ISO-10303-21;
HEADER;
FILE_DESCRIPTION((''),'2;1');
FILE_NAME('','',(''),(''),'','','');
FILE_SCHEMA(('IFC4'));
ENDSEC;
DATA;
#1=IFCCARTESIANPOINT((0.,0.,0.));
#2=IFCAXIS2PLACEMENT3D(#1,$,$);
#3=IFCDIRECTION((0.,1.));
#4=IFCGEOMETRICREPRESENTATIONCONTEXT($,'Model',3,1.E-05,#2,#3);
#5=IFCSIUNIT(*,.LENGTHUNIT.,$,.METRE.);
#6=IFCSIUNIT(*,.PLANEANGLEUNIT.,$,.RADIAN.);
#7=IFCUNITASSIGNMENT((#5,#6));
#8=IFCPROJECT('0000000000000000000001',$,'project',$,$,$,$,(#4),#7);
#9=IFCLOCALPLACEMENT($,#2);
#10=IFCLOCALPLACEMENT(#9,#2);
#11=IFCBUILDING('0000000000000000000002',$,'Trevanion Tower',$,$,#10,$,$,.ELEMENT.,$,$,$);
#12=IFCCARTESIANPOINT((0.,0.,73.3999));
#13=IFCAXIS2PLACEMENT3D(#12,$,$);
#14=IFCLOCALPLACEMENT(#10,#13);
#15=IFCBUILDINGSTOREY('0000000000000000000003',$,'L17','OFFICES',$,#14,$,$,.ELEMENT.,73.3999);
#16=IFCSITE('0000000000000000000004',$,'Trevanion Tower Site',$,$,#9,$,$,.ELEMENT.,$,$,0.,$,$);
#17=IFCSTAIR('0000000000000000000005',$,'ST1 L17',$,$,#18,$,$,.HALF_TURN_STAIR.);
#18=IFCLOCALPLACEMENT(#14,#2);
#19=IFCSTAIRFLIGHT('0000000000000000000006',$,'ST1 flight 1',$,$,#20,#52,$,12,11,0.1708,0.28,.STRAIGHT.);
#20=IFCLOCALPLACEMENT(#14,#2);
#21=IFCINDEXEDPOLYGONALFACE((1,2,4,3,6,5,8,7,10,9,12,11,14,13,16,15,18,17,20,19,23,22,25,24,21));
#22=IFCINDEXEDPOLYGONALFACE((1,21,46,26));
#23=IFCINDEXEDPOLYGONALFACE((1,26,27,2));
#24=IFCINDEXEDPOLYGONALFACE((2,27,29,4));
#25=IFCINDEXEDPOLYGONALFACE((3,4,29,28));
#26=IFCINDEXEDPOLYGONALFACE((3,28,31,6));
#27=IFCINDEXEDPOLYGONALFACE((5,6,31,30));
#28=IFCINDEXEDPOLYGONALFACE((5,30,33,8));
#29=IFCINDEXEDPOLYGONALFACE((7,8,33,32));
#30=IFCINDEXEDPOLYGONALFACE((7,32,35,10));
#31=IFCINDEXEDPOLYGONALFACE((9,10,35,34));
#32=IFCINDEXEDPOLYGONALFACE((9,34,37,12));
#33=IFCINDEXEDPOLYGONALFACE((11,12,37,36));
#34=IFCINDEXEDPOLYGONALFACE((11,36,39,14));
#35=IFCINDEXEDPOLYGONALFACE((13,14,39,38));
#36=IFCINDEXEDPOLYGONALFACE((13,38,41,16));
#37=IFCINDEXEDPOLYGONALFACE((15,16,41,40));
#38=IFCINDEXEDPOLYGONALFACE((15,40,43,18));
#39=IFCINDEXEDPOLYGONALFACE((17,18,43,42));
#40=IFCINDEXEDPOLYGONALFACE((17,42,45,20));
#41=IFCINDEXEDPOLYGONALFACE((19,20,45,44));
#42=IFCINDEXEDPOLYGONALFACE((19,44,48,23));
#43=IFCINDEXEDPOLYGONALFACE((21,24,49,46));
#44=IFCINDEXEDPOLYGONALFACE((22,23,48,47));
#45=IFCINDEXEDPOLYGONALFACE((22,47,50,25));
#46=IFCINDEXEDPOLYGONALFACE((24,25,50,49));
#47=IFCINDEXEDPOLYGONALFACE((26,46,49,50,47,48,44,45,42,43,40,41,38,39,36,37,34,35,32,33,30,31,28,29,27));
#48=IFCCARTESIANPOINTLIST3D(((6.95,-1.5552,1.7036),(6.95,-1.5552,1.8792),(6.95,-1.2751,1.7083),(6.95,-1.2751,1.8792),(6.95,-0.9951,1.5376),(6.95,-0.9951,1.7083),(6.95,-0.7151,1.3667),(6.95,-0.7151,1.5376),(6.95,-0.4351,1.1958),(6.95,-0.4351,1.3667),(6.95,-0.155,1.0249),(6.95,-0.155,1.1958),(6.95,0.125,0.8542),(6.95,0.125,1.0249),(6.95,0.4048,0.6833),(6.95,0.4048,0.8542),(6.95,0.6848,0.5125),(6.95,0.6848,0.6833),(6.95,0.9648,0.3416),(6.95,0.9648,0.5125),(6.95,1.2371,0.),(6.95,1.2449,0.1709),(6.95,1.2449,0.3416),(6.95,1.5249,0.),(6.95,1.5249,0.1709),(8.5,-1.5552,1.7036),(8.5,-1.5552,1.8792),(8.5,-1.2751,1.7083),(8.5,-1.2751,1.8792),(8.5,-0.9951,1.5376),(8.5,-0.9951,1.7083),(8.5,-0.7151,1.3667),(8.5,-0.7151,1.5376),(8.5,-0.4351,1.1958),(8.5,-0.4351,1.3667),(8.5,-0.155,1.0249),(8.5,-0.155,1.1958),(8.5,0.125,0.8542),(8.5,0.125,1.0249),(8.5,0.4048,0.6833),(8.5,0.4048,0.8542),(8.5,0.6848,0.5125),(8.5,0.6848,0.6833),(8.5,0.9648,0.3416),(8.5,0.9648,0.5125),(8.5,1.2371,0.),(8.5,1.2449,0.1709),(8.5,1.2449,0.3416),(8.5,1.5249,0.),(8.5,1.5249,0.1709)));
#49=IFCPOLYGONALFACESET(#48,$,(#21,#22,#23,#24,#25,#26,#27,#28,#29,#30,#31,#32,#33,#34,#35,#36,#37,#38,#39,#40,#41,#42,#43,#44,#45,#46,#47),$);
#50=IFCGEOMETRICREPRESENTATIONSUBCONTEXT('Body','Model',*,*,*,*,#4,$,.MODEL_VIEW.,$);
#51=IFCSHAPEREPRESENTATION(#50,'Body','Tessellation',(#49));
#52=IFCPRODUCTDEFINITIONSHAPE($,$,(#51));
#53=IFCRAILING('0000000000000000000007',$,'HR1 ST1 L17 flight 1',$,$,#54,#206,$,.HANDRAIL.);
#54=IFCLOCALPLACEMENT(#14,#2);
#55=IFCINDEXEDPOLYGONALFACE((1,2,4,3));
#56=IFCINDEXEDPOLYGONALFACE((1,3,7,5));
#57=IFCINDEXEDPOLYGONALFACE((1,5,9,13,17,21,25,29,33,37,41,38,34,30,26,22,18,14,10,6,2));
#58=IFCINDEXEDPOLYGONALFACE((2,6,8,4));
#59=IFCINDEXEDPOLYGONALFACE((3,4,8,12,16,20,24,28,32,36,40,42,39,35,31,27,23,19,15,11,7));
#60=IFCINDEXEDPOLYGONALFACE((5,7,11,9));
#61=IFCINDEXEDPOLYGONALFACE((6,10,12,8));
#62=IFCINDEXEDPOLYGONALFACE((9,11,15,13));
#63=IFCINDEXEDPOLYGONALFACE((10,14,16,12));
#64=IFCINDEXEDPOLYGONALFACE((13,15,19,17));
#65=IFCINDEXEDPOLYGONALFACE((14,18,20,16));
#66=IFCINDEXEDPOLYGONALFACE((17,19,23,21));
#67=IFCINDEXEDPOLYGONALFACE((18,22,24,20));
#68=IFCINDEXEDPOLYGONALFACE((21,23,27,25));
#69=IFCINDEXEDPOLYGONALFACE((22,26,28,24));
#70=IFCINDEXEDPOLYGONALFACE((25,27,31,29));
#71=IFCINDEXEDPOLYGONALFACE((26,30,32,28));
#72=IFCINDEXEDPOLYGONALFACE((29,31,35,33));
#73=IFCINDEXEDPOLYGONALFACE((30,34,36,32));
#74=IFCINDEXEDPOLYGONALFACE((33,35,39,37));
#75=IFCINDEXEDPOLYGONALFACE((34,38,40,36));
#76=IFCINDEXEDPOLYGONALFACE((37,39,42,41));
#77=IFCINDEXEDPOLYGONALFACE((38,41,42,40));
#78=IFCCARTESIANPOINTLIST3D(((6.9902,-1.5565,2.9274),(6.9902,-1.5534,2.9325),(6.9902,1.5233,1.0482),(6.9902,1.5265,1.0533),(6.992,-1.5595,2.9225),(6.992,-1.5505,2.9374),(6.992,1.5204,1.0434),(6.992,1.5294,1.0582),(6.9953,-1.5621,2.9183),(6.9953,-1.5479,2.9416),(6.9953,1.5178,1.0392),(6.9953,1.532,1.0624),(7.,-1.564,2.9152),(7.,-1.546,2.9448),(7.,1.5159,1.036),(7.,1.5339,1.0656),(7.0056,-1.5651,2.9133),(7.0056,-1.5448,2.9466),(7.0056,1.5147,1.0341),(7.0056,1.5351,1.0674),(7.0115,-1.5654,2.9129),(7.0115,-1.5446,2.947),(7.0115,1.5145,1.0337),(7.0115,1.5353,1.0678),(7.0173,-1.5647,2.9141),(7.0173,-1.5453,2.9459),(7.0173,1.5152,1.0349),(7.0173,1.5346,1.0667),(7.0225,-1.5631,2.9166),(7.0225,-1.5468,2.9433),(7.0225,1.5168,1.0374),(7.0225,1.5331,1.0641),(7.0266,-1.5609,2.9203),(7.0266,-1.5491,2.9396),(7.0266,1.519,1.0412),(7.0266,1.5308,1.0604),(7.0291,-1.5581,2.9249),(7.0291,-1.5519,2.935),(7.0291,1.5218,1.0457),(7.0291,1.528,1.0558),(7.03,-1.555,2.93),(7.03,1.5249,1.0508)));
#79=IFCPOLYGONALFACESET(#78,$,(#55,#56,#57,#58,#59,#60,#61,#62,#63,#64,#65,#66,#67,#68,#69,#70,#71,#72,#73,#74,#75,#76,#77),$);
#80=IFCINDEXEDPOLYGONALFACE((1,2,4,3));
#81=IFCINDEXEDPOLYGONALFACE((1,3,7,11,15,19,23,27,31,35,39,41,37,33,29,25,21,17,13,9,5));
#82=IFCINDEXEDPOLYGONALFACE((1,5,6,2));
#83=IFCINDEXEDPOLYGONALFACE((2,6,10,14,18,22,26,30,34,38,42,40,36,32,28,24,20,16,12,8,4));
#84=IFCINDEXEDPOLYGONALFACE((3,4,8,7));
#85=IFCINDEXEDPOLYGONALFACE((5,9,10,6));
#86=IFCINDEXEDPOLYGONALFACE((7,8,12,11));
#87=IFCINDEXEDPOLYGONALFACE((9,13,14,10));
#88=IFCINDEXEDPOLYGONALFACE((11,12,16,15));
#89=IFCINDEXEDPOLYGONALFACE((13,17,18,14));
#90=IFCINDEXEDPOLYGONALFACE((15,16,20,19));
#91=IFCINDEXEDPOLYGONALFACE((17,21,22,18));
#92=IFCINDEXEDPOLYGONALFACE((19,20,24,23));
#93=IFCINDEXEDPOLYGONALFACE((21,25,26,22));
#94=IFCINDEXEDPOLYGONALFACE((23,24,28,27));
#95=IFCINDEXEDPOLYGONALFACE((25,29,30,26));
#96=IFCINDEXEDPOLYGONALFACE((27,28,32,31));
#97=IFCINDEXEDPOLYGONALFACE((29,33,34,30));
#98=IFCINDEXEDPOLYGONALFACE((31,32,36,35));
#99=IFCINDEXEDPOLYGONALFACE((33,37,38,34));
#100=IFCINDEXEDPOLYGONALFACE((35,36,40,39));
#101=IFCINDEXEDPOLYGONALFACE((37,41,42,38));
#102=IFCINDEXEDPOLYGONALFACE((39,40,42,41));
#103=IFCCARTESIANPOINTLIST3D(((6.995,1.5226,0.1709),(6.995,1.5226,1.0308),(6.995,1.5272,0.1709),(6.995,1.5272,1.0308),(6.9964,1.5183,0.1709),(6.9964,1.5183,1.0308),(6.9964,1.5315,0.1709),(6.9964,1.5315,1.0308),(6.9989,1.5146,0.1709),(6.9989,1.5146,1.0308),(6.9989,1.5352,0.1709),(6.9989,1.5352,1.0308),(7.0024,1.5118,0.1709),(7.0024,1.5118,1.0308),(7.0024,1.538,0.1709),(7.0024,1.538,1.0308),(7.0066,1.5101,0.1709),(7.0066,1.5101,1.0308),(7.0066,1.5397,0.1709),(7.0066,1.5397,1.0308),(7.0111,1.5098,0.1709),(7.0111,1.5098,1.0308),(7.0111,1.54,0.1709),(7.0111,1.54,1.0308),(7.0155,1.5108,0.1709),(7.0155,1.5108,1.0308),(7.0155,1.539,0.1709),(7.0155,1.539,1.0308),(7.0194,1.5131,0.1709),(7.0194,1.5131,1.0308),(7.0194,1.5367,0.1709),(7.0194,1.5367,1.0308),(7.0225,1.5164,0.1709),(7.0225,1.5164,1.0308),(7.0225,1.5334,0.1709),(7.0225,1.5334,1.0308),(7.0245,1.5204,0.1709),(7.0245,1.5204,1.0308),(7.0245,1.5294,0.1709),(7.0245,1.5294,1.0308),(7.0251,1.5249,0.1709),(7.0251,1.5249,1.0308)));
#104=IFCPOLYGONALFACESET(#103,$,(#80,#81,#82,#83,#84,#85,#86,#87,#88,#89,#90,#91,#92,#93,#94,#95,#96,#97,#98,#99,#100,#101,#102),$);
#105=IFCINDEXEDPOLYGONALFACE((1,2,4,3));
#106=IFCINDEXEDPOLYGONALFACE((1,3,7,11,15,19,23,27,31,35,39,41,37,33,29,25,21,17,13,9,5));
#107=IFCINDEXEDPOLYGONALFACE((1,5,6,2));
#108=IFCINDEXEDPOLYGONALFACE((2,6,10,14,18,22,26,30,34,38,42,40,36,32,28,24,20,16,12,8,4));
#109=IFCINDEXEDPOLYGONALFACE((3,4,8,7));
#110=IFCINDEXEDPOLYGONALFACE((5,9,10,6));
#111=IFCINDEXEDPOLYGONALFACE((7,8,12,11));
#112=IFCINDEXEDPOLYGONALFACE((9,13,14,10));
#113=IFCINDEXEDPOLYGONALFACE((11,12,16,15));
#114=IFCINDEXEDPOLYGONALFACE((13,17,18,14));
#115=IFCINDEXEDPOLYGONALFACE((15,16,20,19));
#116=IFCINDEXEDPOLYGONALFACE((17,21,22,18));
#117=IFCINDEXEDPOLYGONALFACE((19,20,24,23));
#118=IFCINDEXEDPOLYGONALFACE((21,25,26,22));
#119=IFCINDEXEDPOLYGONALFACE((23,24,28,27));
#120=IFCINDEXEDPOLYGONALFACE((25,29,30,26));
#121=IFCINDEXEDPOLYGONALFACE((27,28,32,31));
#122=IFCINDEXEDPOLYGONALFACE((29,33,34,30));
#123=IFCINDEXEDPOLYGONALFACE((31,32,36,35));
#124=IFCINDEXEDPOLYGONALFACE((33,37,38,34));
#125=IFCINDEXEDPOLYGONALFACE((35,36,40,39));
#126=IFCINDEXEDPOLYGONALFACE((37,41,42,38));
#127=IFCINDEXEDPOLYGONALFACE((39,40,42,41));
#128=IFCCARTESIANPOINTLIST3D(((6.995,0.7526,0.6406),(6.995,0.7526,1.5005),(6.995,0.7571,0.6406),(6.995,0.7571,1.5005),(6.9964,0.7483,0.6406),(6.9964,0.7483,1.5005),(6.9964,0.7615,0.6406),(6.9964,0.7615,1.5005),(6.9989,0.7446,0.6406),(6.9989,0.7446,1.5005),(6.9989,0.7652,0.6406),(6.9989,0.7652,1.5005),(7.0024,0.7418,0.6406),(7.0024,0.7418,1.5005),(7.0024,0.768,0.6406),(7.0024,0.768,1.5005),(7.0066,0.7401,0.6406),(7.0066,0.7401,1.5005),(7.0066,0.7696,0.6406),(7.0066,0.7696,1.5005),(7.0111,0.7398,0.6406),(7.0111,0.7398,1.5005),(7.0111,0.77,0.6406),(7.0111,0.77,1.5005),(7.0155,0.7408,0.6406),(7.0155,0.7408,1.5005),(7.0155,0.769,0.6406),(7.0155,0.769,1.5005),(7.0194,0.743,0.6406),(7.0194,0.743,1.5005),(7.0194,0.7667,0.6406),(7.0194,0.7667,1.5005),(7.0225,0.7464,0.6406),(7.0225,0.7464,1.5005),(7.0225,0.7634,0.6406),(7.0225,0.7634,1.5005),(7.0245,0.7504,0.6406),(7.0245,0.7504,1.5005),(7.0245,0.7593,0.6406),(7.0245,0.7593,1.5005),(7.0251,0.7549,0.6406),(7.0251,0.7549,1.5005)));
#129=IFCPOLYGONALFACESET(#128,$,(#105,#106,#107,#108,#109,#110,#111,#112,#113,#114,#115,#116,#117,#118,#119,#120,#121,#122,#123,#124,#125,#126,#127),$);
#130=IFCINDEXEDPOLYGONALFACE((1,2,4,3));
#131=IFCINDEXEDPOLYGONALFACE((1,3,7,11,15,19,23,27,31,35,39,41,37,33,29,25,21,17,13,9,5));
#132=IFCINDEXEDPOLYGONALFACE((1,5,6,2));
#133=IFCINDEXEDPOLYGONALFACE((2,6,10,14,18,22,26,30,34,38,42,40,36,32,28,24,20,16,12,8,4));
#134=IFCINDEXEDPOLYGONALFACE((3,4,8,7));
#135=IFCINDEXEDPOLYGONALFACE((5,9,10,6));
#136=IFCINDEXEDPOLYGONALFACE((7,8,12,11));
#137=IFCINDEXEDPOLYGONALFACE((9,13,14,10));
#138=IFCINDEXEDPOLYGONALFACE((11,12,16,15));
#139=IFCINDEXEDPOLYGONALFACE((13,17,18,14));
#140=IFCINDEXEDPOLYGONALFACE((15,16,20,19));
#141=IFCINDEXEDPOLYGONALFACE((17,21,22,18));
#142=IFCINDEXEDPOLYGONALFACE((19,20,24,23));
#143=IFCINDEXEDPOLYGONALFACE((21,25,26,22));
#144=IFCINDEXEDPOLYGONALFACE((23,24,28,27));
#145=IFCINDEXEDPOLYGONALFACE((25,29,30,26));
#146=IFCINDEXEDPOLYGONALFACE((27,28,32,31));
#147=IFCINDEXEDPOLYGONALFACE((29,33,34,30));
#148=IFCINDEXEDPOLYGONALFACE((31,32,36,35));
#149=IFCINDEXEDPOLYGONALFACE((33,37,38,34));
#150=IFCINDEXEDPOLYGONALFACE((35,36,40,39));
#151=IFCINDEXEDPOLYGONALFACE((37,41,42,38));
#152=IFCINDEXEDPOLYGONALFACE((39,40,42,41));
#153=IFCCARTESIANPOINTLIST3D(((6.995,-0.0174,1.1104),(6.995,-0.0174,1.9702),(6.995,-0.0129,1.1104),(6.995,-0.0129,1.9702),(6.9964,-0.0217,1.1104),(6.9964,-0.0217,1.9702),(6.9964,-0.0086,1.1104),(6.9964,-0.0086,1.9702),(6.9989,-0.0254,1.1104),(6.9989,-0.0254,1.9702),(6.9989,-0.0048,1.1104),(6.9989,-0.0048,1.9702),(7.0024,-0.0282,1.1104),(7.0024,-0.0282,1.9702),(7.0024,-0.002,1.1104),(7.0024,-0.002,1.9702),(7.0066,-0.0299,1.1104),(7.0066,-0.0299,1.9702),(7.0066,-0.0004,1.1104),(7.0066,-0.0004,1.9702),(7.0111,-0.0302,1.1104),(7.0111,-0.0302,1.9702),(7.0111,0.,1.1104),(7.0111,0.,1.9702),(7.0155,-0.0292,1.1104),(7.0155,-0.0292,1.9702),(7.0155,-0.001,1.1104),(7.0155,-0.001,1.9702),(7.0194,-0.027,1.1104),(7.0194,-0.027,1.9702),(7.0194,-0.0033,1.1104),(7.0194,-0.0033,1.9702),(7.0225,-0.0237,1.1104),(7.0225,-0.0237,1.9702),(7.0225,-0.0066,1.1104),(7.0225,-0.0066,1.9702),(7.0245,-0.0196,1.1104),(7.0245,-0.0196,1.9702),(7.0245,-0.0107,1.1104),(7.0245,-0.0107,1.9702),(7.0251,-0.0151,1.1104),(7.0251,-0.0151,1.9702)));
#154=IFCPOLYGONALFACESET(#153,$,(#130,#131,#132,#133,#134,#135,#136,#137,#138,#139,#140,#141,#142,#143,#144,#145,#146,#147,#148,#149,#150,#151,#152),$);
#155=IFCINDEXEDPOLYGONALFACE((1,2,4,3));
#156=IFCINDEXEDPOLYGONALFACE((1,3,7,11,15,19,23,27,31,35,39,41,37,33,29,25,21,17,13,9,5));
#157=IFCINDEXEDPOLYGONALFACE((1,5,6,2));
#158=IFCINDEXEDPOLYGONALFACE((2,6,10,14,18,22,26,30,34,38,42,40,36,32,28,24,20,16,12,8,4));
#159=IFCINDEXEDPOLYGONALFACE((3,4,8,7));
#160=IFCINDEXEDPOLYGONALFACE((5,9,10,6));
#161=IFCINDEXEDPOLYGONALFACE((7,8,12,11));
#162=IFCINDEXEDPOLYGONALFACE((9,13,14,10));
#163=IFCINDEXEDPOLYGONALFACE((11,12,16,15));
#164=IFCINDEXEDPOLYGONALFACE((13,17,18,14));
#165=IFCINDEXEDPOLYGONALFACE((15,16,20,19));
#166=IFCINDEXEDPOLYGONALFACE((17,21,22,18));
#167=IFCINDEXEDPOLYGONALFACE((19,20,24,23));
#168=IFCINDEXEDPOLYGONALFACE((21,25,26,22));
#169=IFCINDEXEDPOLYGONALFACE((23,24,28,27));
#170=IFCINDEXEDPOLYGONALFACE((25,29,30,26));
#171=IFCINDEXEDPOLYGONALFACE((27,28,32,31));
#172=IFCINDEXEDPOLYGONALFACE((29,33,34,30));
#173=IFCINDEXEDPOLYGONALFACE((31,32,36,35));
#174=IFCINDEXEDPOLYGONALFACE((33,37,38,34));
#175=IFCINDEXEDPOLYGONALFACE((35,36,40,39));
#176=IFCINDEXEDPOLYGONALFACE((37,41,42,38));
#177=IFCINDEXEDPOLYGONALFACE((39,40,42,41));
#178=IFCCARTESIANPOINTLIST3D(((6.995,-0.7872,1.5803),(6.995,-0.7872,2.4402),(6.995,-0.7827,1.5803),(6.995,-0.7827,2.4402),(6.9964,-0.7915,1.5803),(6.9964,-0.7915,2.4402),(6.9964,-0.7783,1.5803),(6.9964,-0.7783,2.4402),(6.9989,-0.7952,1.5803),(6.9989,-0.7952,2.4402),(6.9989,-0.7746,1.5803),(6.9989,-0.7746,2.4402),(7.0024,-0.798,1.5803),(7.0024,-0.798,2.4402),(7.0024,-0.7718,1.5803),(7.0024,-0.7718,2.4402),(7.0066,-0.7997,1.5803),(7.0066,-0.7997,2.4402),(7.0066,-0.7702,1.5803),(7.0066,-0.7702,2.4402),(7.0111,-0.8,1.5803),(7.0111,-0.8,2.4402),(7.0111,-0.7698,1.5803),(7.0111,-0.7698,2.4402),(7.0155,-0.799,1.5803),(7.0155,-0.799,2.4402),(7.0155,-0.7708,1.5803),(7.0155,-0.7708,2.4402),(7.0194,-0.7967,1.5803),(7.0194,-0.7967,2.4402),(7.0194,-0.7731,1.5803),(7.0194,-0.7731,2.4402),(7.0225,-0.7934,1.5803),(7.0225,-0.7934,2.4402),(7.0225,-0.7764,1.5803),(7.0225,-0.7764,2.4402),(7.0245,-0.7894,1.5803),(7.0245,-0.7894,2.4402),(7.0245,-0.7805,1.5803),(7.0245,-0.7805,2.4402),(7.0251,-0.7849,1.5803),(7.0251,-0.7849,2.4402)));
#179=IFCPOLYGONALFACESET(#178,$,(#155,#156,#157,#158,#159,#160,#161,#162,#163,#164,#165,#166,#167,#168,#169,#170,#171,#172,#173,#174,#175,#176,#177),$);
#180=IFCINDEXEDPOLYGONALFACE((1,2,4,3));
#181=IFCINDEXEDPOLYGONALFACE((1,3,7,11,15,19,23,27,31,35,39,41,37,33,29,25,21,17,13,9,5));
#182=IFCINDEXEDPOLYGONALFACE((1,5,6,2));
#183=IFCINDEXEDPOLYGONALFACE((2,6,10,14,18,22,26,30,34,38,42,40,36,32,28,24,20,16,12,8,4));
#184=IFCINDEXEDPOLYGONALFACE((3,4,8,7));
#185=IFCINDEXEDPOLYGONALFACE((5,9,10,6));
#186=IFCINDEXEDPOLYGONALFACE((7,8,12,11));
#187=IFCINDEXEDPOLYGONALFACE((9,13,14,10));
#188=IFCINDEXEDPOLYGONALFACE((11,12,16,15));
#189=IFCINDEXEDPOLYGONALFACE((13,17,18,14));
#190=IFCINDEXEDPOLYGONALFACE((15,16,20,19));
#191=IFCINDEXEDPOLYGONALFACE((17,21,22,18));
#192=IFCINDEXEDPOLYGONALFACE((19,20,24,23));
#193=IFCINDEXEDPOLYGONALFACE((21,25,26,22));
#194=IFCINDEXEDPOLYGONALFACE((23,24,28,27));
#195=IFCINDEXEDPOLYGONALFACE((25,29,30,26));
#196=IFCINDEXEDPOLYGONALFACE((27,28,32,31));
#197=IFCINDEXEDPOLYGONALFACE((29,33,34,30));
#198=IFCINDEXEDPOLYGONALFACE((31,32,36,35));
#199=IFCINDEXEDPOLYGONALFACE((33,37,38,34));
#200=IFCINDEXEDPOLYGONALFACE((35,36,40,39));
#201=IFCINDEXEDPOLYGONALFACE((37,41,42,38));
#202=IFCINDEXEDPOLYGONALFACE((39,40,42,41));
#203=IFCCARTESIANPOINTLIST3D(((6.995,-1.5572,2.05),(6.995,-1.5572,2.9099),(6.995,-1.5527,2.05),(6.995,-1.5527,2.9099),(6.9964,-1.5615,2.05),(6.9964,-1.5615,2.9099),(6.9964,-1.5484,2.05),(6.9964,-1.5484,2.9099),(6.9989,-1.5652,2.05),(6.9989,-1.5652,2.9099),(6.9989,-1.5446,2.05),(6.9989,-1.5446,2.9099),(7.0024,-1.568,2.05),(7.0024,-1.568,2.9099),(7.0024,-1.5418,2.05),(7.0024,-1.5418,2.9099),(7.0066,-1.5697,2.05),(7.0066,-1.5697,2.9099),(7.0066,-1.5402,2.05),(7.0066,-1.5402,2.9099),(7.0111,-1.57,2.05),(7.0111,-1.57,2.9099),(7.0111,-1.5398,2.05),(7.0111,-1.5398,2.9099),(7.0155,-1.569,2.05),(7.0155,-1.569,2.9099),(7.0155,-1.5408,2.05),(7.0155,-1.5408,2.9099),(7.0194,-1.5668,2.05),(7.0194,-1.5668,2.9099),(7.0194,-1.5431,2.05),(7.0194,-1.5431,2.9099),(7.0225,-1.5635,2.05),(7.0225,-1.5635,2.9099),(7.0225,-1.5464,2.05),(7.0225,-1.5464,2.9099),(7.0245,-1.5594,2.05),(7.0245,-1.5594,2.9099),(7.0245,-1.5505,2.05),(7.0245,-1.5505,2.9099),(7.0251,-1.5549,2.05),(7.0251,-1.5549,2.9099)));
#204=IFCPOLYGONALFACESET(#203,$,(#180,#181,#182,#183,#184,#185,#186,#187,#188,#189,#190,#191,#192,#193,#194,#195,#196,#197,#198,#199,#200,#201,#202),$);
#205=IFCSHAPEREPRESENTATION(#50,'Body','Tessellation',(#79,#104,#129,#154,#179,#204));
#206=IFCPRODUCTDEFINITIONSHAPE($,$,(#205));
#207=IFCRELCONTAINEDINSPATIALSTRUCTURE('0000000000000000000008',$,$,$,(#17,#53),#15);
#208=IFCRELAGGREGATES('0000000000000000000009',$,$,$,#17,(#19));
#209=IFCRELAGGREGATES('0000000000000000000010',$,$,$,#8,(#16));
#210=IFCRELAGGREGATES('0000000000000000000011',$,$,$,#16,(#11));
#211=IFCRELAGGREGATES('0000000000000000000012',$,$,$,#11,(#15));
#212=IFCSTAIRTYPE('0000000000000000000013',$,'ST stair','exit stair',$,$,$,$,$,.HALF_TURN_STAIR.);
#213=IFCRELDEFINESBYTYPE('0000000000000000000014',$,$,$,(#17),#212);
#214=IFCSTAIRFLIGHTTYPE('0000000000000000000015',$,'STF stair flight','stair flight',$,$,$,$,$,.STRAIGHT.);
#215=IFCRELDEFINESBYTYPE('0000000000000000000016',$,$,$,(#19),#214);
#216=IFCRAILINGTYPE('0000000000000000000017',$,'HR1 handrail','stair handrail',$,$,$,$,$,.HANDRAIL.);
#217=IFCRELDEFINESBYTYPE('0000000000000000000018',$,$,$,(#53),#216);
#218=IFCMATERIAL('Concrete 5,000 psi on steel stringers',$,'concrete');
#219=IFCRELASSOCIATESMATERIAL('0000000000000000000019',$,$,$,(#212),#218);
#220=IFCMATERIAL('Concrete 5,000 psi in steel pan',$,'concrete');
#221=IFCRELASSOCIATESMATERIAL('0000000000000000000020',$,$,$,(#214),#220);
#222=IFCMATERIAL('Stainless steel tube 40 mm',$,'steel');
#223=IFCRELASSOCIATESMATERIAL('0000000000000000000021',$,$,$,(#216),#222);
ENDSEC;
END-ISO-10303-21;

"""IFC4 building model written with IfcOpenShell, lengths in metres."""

from ifc_helpers import new_model, si_unit, direction, frame, origin, origin_2d, place, context, subcontext, project, spatial, polyline, circle, outline, extrude, material, type_object, element, aggregate, save


model = new_model("IFC4")

# Units and contexts
model_context = context("Model", 3, precision=1e-05, world=origin(), true_north=direction((0.0, 1.0)))
body_context = subcontext(model_context, "Body", "Model", "MODEL_VIEW")
ifc_project = project(units=[si_unit("LENGTHUNIT", "METRE"), si_unit("PLANEANGLEUNIT", "RADIAN")], contexts=[model_context])

# Site, building, storey
site_placement = place(None, origin())
site = spatial("IfcSite", under=ifc_project, at=site_placement, Name="Trevanion Tower Site", CompositionType="ELEMENT", RefElevation=0.0)
building_placement = place(site_placement, origin())
building = spatial("IfcBuilding", under=site, at=building_placement, Name="Trevanion Tower", CompositionType="ELEMENT")
storey_placement = place(building_placement, frame((0.0, 0.0, 73.3999)))
storey = spatial("IfcBuildingStorey", under=building, at=storey_placement, Name="L17", Description="OFFICES", CompositionType="ELEMENT", Elevation=73.3999)

# Stair, stair flight
ifc_material_1 = material(Name="Concrete 5,000 psi on steel stringers", Category="concrete")
stair_type = type_object("IfcStairType", Name="ST stair", Description="exit stair", PredefinedType="HALF_TURN_STAIR", material=ifc_material_1)
stair_placement = place(storey_placement, origin())
stair = element("IfcStair", 1, at=stair_placement, inside=storey, type_object=stair_type, Name="ST1 L17", PredefinedType="HALF_TURN_STAIR")
ifc_material_2 = material(Name="Concrete 5,000 psi in steel pan", Category="concrete")
stair_flight_type = type_object("IfcStairFlightType", Name="STF stair flight", Description="stair flight", PredefinedType="STRAIGHT", material=ifc_material_2)
stair_flight_placement = place(storey_placement, frame((7.7251, 1.5249, 0.0), z_axis=(0.0, 0.0, 1.0), x_axis=(0.0, -1.0, 0.0)))
stair_flight = element("IfcStairFlight", 2, at=stair_flight_placement, type_object=stair_flight_type, Name="ST1 flight 1", NumberOfRisers=12, NumberOfTreads=11, PredefinedType="STRAIGHT", RiserHeight=0.1708, TreadLength=0.28, context=body_context, shape_type="SweptSolid", body=[
    extrude(outline(polyline([(0.0, 0.0), (0.0, 0.1709), (0.28, 0.1709), (0.28, 0.3416), (0.5601, 0.3416), (0.5601, 0.5125), (0.8401, 0.5125), (0.8401, 0.6833), (1.1201, 0.6833), (1.1201, 0.8542), (1.3999, 0.8542), (1.3999, 1.0249), (1.6799, 1.0249), (1.6799, 1.1958), (1.96, 1.1958), (1.96, 1.3667), (2.24, 1.3667), (2.24, 1.5376), (2.52, 1.5376), (2.52, 1.7083), (2.8, 1.7083), (2.8, 1.8792), (3.0801, 1.8792), (3.0801, 2.05), (3.0801, 1.7036), (0.2878, 0.0), (0.0, 0.0)])), frame((0.0, 0.7749, 0.0), z_axis=(0.0, -1.0, 0.0), x_axis=(1.0, 0.0, 0.0)), (0.0, 0.0, 1.0), 1.55),
])
aggregate(stair, [stair_flight])

# Railing
ifc_material_3 = material(Name="Stainless steel tube 40 mm", Category="steel")
railing_type = type_object("IfcRailingType", Name="HR1 handrail", Description="stair handrail", PredefinedType="HANDRAIL", material=ifc_material_3)
for number, where, name in (
    (3, (7.01, 1.5249, 0.1709), "HR1 ST1 L17 flight 1"),
):
    element("IfcRailing", number, at=place(storey_placement, frame(where)), inside=storey, type_object=railing_type, Name=name, PredefinedType="HANDRAIL", context=body_context, shape_type="SweptSolid", body=[
        extrude(circle(Radius=0.02, at=origin_2d()), frame((0.0, 0.0, 0.8799), z_axis=(0.0, -0.853648, 0.52085), x_axis=(1.0, 0.0, 0.0)), (0.0, 0.0, 1.0), 3.6079),
        extrude(circle(Radius=0.0151, at=origin_2d()), origin(), (0.0, 0.0, 1.0), 0.8599),
        extrude(circle(Radius=0.0151, at=origin_2d()), frame((0.0, -0.77, 0.4697)), (0.0, 0.0, 1.0), 0.8599),
        extrude(circle(Radius=0.0151, at=origin_2d()), frame((0.0, -1.54, 0.9395)), (0.0, 0.0, 1.0), 0.8599),
        extrude(circle(Radius=0.0151, at=origin_2d()), frame((0.0, -2.3098, 1.4094)), (0.0, 0.0, 1.0), 0.8599),
        extrude(circle(Radius=0.0151, at=origin_2d()), frame((0.0, -3.0798, 1.8792)), (0.0, 0.0, 1.0), 0.8599),
    ])

save(model, "model.ifc")
